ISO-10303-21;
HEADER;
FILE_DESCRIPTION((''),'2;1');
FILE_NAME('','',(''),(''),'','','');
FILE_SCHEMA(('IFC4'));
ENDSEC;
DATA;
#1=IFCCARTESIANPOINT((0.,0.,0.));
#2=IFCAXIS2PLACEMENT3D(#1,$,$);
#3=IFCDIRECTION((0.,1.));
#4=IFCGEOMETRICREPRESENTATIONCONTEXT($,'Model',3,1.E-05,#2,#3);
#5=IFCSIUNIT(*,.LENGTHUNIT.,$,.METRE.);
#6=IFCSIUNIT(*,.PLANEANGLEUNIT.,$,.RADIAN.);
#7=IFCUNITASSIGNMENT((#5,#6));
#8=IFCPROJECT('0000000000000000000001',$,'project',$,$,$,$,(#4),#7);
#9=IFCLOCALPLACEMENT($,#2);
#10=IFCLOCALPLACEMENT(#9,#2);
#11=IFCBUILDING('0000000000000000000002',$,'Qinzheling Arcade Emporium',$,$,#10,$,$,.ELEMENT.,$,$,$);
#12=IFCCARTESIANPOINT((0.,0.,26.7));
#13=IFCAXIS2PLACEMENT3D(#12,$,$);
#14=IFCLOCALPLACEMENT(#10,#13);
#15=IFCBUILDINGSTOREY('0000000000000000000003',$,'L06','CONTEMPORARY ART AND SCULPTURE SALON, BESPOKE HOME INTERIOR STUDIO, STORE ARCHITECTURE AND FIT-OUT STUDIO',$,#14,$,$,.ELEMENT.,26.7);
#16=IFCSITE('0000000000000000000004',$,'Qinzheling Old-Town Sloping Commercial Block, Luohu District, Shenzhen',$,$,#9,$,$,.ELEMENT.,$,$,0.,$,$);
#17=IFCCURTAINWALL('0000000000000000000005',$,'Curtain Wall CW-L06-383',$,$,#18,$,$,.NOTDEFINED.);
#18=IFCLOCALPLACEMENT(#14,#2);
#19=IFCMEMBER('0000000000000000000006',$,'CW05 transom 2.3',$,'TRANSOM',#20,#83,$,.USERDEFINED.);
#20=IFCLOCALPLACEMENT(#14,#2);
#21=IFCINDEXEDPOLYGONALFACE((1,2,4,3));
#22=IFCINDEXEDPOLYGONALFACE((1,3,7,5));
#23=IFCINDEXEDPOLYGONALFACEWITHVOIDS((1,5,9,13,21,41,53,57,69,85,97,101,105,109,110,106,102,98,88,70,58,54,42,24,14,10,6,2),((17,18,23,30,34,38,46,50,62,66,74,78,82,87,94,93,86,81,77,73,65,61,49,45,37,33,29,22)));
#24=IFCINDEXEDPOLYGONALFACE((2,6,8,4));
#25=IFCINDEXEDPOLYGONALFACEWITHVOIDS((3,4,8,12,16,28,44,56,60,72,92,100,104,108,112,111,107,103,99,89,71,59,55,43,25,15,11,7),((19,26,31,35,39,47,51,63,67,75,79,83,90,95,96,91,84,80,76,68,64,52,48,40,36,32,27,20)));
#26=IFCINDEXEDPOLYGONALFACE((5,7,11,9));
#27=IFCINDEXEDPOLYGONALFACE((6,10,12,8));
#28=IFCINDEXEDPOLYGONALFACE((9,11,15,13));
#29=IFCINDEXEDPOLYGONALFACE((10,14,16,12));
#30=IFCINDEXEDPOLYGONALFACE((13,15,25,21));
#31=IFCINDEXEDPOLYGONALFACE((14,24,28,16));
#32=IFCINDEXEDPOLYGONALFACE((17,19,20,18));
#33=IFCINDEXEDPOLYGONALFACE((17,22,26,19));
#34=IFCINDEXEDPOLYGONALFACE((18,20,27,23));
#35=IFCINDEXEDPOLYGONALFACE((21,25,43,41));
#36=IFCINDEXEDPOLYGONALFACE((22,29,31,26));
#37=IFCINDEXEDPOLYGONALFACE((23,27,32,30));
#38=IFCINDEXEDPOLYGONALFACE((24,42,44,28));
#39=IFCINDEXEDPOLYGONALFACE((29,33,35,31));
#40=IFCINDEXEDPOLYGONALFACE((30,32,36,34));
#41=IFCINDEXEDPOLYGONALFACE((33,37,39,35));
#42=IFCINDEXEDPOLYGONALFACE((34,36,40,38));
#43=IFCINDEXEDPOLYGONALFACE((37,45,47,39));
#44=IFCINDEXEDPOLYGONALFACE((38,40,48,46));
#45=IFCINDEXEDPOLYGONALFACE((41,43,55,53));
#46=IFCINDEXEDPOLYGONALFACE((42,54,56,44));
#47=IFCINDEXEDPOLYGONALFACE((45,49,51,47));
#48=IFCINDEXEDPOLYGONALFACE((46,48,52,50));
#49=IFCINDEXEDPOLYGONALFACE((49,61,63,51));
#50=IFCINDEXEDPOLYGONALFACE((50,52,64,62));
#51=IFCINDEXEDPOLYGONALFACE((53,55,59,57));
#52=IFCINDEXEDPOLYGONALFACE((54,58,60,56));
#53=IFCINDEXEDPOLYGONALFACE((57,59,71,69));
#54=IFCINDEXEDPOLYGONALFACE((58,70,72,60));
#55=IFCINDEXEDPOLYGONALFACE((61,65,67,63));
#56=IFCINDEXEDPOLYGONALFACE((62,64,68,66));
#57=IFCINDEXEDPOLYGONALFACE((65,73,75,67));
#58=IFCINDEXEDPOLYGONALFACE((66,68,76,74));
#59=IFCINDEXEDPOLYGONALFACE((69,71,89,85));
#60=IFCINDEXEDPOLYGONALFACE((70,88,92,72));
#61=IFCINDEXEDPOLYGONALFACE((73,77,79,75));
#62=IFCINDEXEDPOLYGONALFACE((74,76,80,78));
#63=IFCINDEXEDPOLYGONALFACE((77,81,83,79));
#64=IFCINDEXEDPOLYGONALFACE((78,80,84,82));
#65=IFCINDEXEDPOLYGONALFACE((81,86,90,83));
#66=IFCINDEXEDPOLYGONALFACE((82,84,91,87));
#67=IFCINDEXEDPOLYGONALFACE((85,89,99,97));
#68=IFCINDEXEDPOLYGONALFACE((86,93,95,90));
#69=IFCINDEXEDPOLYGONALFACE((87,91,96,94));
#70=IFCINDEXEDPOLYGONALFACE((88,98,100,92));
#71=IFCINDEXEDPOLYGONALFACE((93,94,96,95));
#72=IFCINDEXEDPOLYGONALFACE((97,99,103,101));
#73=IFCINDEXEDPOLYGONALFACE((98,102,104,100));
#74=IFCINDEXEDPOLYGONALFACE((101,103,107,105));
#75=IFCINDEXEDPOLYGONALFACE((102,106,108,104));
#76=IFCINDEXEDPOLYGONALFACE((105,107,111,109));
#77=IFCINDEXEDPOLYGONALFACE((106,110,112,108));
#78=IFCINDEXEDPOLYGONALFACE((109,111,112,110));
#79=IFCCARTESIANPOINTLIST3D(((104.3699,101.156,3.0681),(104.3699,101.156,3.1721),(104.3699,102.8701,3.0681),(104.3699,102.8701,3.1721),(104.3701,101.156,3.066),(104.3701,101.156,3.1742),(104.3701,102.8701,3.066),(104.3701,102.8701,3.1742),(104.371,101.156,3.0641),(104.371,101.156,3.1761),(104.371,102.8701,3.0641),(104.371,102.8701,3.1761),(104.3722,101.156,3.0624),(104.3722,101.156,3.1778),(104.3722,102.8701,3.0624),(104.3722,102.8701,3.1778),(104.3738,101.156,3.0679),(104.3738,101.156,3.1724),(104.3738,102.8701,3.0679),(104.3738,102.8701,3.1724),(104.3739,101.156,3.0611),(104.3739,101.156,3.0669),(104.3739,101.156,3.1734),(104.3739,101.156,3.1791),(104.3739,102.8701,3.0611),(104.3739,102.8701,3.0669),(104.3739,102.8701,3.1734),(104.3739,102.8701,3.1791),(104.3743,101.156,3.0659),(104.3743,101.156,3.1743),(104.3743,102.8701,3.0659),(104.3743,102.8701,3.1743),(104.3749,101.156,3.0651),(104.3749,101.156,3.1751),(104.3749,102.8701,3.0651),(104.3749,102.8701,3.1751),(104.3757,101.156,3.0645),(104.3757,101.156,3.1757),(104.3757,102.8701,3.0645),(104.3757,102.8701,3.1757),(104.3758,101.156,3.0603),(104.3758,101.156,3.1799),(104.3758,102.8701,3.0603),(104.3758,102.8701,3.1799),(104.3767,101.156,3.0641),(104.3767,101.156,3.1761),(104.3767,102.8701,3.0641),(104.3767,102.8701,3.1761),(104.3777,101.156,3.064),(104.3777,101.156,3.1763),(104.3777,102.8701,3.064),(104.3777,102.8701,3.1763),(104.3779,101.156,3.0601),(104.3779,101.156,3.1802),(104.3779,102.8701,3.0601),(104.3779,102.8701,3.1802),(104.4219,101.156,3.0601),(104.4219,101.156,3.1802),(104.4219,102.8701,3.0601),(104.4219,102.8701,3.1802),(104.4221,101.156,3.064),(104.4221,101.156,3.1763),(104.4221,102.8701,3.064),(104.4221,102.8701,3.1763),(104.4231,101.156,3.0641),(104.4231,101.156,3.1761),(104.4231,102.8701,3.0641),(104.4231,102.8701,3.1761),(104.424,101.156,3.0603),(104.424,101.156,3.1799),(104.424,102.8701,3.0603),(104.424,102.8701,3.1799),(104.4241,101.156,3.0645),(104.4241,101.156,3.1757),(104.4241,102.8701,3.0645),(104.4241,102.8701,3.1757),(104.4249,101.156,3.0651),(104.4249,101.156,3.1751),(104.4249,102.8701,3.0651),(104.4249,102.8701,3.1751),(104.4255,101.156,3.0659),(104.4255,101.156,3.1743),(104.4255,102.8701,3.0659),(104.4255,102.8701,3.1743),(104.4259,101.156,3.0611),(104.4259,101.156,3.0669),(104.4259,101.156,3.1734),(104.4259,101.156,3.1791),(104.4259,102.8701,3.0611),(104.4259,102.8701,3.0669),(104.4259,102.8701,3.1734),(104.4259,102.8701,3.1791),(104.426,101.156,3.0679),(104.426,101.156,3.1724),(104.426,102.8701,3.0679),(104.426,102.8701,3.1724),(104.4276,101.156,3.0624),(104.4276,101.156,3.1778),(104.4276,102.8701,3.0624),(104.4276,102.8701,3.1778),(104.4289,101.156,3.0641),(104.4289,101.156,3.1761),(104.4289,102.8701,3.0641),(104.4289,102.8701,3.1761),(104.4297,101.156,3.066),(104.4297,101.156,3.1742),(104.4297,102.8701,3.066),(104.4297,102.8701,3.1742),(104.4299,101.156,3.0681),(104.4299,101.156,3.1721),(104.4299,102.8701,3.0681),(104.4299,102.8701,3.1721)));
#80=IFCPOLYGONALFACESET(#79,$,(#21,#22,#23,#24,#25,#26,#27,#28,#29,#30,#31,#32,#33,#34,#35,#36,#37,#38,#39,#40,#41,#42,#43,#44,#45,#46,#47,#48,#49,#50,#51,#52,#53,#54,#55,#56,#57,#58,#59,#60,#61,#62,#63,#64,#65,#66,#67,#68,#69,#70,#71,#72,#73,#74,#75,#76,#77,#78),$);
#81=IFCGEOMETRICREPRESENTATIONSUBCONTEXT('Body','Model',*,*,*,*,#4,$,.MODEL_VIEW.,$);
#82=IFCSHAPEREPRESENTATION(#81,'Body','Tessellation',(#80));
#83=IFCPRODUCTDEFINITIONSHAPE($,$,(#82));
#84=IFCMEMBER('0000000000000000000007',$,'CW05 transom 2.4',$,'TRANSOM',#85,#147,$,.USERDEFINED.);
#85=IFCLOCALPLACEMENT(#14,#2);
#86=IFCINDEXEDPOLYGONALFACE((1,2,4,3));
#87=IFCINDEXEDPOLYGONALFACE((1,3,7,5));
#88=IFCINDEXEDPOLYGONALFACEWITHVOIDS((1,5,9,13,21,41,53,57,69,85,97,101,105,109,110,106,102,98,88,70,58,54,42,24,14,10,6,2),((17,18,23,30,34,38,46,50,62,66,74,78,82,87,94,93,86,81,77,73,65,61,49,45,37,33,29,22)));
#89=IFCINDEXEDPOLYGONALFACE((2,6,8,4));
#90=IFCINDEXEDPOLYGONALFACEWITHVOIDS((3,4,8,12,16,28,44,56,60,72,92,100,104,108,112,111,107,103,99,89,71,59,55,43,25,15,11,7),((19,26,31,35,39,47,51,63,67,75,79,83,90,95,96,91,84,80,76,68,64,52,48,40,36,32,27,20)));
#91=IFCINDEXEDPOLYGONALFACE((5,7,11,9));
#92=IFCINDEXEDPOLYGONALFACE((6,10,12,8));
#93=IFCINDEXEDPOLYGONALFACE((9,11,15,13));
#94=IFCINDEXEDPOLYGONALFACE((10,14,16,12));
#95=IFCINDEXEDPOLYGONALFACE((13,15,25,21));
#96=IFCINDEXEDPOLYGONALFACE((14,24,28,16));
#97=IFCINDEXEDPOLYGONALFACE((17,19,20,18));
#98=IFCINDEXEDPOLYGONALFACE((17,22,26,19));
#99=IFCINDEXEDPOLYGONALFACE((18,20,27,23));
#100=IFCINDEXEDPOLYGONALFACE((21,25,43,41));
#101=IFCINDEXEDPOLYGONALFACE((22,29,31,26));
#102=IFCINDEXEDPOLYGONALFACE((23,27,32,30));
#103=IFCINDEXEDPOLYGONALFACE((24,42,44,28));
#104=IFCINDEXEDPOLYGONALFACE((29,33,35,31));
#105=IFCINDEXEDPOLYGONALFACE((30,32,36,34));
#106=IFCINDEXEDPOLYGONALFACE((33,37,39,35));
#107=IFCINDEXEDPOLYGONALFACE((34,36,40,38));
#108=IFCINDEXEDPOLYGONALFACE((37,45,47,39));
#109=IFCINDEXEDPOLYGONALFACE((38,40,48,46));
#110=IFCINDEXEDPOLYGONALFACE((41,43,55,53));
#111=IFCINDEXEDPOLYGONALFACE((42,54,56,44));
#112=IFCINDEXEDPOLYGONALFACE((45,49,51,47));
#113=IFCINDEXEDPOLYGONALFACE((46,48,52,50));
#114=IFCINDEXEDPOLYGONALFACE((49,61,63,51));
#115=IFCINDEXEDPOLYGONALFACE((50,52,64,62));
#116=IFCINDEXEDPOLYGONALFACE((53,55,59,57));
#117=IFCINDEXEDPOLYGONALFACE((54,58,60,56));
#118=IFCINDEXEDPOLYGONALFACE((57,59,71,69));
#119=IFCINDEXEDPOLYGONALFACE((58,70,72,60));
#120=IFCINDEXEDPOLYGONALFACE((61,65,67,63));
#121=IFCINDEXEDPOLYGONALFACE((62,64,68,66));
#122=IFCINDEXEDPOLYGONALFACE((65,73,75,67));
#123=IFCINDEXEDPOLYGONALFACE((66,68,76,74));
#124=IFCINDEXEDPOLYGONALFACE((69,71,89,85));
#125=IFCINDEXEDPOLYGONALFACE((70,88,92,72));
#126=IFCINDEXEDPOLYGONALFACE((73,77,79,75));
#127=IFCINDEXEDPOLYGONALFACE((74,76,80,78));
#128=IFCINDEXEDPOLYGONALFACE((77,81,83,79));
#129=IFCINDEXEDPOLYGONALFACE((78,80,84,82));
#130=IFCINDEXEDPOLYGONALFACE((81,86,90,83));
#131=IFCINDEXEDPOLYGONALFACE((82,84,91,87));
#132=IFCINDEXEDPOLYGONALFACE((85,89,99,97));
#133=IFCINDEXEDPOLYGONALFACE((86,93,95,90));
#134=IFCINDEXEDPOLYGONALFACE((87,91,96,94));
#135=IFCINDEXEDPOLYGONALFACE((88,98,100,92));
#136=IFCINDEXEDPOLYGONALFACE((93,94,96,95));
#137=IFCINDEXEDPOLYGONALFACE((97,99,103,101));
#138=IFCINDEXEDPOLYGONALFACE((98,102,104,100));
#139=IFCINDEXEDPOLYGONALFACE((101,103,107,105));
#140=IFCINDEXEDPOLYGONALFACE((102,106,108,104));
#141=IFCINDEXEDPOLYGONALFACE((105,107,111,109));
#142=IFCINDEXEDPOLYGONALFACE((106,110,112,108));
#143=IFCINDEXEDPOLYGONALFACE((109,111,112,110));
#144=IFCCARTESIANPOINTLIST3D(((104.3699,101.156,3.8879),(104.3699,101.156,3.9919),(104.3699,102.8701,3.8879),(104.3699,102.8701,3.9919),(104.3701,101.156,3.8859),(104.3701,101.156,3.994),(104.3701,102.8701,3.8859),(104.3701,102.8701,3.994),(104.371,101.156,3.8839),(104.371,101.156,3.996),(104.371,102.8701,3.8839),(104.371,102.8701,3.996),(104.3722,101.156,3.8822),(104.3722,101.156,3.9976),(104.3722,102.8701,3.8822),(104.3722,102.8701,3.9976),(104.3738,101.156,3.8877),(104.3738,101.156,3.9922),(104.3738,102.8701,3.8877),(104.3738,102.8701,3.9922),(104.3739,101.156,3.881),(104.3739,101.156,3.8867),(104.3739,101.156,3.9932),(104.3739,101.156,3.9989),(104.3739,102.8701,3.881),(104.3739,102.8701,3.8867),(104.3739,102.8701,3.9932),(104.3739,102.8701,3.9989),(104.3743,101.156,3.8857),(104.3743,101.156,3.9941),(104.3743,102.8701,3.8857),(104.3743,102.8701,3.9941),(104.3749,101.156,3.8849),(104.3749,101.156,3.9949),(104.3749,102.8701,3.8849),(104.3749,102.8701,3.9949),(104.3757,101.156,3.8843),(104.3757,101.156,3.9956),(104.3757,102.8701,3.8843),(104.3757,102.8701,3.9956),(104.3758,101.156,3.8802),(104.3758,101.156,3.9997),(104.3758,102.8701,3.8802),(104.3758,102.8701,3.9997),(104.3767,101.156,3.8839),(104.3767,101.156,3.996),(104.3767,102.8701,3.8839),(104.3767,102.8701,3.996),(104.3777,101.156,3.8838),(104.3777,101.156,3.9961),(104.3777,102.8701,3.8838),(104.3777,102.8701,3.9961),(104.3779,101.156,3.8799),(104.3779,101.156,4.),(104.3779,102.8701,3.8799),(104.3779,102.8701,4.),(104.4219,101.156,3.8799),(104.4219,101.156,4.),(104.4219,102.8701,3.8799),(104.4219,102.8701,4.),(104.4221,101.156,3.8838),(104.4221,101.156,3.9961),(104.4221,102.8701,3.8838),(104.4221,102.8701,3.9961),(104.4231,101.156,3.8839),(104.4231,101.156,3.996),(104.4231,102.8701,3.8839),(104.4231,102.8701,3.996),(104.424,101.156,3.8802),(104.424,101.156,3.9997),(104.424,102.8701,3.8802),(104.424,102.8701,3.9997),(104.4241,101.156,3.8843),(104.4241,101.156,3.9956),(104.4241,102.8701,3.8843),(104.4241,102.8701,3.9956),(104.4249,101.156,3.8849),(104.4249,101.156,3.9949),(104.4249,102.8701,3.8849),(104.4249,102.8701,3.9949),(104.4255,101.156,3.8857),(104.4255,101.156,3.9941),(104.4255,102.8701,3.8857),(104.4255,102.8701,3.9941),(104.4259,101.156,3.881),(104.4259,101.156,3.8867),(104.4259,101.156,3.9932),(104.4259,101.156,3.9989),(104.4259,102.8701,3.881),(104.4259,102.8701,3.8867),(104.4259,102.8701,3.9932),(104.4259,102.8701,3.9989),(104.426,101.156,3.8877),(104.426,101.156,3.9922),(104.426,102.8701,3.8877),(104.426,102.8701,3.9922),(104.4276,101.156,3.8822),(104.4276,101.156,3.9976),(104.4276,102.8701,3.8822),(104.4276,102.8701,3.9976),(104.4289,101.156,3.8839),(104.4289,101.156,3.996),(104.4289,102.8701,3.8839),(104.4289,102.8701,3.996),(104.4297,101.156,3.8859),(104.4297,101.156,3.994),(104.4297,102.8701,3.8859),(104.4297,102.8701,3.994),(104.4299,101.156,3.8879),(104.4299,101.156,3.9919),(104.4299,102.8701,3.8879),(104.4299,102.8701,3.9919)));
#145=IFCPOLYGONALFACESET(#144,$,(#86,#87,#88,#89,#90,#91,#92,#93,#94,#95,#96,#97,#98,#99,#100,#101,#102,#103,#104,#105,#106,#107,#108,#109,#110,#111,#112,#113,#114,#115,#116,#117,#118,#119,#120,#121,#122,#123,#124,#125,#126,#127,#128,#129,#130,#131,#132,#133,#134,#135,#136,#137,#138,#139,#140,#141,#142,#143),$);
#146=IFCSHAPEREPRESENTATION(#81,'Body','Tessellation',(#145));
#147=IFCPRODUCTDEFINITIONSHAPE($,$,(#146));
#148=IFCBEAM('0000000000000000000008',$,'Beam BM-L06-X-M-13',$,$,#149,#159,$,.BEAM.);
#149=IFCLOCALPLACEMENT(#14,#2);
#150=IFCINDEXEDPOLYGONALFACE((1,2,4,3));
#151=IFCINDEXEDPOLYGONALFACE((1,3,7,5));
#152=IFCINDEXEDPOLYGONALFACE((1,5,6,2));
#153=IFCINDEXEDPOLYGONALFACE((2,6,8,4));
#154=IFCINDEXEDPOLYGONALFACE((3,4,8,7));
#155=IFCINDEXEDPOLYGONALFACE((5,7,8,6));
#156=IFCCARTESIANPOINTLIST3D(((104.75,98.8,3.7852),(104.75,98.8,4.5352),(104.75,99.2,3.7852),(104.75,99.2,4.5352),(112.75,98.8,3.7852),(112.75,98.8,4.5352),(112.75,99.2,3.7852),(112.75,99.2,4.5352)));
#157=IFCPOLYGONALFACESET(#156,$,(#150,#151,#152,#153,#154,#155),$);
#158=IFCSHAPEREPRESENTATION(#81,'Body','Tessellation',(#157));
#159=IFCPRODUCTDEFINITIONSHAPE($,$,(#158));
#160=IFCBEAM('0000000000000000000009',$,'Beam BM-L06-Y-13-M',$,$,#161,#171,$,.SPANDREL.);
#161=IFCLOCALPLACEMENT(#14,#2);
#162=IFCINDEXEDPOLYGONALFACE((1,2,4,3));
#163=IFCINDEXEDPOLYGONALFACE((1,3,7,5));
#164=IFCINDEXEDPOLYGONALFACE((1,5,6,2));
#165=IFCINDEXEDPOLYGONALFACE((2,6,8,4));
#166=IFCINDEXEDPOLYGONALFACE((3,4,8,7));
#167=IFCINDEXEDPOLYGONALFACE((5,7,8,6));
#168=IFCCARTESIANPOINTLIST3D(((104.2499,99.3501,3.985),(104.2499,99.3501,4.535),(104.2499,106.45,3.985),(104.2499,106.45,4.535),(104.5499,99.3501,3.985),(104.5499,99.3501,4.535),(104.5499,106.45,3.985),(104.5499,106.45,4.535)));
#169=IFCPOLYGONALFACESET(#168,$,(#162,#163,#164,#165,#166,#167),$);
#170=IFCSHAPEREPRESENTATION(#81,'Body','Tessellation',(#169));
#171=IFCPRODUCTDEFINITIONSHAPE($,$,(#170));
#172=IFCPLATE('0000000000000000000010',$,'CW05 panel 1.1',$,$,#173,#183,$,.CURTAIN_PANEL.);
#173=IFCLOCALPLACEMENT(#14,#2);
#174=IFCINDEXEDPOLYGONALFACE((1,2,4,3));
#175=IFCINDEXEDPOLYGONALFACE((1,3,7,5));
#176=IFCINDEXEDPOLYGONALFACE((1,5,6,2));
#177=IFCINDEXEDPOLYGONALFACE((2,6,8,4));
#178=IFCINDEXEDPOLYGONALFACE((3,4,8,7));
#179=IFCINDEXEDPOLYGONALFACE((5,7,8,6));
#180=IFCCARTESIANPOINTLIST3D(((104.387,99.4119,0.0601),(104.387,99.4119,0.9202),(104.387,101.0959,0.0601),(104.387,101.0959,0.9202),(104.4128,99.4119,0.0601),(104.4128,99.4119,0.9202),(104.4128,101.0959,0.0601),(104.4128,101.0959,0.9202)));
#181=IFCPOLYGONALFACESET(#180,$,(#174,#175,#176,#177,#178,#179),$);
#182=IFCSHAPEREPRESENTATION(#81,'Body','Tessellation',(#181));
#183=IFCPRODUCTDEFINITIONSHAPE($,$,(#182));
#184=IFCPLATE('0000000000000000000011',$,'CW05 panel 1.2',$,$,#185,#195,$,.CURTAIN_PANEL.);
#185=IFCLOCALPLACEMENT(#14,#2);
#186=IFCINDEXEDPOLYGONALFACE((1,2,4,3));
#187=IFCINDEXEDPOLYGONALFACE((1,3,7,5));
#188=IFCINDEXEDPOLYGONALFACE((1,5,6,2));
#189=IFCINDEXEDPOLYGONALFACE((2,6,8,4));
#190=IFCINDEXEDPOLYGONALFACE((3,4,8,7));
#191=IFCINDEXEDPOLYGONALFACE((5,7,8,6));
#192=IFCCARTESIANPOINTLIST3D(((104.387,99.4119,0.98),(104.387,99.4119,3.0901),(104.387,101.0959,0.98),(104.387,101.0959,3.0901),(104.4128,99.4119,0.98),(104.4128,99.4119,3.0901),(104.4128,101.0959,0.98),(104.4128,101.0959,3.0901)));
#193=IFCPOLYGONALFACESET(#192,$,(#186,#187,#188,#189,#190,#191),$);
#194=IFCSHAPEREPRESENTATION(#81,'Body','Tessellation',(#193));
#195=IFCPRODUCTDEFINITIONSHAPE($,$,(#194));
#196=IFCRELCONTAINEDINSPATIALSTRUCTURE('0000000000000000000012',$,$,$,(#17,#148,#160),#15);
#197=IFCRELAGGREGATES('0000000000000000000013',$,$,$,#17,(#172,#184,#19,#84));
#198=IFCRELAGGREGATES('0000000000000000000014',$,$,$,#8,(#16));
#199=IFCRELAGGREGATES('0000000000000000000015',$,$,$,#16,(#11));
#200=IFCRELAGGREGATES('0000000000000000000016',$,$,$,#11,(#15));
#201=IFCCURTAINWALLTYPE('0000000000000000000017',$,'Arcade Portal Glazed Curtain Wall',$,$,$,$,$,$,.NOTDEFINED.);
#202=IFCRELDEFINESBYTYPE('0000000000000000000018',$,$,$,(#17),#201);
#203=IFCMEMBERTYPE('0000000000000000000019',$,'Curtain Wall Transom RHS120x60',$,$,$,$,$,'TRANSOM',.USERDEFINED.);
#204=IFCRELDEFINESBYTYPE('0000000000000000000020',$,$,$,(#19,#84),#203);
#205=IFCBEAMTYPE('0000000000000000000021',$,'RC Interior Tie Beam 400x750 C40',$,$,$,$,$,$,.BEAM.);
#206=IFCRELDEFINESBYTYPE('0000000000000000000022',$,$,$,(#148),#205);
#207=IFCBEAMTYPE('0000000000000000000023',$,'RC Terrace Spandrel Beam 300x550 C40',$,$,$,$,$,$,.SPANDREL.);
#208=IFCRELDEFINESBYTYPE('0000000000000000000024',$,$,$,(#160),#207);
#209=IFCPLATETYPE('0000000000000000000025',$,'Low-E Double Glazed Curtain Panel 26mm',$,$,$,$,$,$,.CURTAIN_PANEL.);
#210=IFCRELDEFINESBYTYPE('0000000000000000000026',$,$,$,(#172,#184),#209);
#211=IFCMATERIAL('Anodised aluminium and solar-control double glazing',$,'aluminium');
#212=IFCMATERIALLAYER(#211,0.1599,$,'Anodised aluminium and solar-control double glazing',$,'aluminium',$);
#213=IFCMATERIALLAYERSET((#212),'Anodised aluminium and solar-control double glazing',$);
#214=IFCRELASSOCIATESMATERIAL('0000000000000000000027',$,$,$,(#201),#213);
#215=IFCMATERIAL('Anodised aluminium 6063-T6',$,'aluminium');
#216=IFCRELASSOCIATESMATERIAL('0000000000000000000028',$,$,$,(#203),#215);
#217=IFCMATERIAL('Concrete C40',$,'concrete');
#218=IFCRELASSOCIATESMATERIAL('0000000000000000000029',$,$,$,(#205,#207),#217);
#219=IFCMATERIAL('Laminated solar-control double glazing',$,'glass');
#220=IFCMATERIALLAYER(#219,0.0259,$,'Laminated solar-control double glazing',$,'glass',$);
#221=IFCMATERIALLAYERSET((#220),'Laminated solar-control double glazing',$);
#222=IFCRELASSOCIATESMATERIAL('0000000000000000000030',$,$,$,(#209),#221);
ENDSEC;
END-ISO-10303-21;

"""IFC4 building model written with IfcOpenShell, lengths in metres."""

from ifc_helpers import new_model, si_unit, direction, frame, origin, origin_2d, place, context, subcontext, project, spatial, rectangle, hollow_rectangle, extrude, material, layer, layer_set, material_profile, profile_set, type_object, element, aggregate, save


model = new_model("IFC4")

# Units and contexts
model_context = context("Model", 3, precision=1e-05, world=origin(), true_north=direction((0.0, 1.0)))
body_context = subcontext(model_context, "Body", "Model", "MODEL_VIEW")
ifc_project = project(units=[si_unit("LENGTHUNIT", "METRE"), si_unit("PLANEANGLEUNIT", "RADIAN")], contexts=[model_context])

# Site, building, storey
site_placement = place(None, origin())
site = spatial("IfcSite", under=ifc_project, at=site_placement, Name="Qinzheling Old-Town Sloping Commercial Block, Luohu District, Shenzhen", CompositionType="ELEMENT", RefElevation=0.0)
building_placement = place(site_placement, origin())
building = spatial("IfcBuilding", under=site, at=building_placement, Name="Qinzheling Arcade Emporium", CompositionType="ELEMENT")
storey_placement = place(building_placement, frame((0.0, 0.0, 26.7)))
storey = spatial("IfcBuildingStorey", under=building, at=storey_placement, Name="L06", Description="CONTEMPORARY ART AND SCULPTURE SALON, BESPOKE HOME INTERIOR STUDIO, STORE ARCHITECTURE AND FIT-OUT STUDIO", CompositionType="ELEMENT", Elevation=26.7)

# Shared definitions
ifc_material_1 = material(Name="Concrete C40", Category="concrete")

# Curtain wall, members
ifc_material_2 = material(Name="Anodised aluminium and solar-control double glazing", Category="aluminium")
ifc_layer_1 = layer(ifc_material_2, 0.1599, Name="Anodised aluminium and solar-control double glazing", Category="aluminium")
ifc_layer_set_1 = layer_set([ifc_layer_1], Name="Anodised aluminium and solar-control double glazing")
curtain_wall_type = type_object("IfcCurtainWallType", Name="Arcade Portal Glazed Curtain Wall", PredefinedType="NOTDEFINED", material=ifc_layer_set_1)
curtain_wall_placement = place(storey_placement, origin())
curtain_wall = element("IfcCurtainWall", 1, at=curtain_wall_placement, inside=storey, type_object=curtain_wall_type, Name="Curtain Wall CW-L06-383", PredefinedType="NOTDEFINED")
ifc_material_3 = material(Name="Anodised aluminium 6063-T6", Category="aluminium")
ifc_material_profile_1 = material_profile(ifc_material_3, hollow_rectangle(XDim=0.0601, YDim=0.1201, WallThickness=0.0039, InnerFilletRadius=0.0039, OuterFilletRadius=0.0081, at=origin_2d()), Name="RHS 120x60x4", Category="aluminium")
ifc_profile_set_1 = profile_set([ifc_material_profile_1], Name="Anodised aluminium 6063-T6")
member_type_1 = type_object("IfcMemberType", Name="Curtain Wall Transom RHS120x60", ElementType="TRANSOM", PredefinedType="USERDEFINED", material=ifc_profile_set_1)
member_1_placement = place(storey_placement, frame((104.3999, 101.156, 3.1201), z_axis=(0.0, 1.0, 0.0), x_axis=(-1.0, 0.0, 0.0)))
member_1 = element("IfcMember", 2, at=member_1_placement, type_object=member_type_1, Name="CW05 transom 2.3", ObjectType="TRANSOM", PredefinedType="USERDEFINED", context=body_context, shape_type="SweptSolid", body=[
    extrude(hollow_rectangle(XDim=0.0601, YDim=0.1201, WallThickness=0.0039, InnerFilletRadius=0.0039, OuterFilletRadius=0.0081, at=origin_2d()), origin(), (0.0, 0.0, 1.0), 1.7141),
])
member_2_placement = place(storey_placement, frame((104.3999, 101.156, 3.9399), z_axis=(0.0, 1.0, 0.0), x_axis=(-1.0, 0.0, 0.0)))
member_2 = element("IfcMember", 3, at=member_2_placement, type_object=member_type_1, Name="CW05 transom 2.4", ObjectType="TRANSOM", PredefinedType="USERDEFINED", context=body_context, shape_type="SweptSolid", body=[
    extrude(hollow_rectangle(XDim=0.0601, YDim=0.1201, WallThickness=0.0039, InnerFilletRadius=0.0039, OuterFilletRadius=0.0081, at=origin_2d()), origin(), (0.0, 0.0, 1.0), 1.7141),
])

# Beams
ifc_material_profile_2 = material_profile(ifc_material_1, rectangle(XDim=0.3999, YDim=0.75, at=origin_2d()), Name="RC 400x750", Category="concrete")
ifc_profile_set_2 = profile_set([ifc_material_profile_2], Name="Concrete C40")
beam_type_1 = type_object("IfcBeamType", Name="RC Interior Tie Beam 400x750 C40", PredefinedType="BEAM", material=ifc_profile_set_2)
beam_1_placement = place(storey_placement, frame((104.75, 99.0, 4.1602), z_axis=(1.0, 0.0, 0.0), x_axis=(0.0, 1.0, 0.0)))
element("IfcBeam", 4, at=beam_1_placement, inside=storey, type_object=beam_type_1, Name="Beam BM-L06-X-M-13", PredefinedType="BEAM", context=body_context, shape_type="SweptSolid", body=[
    extrude(rectangle(XDim=0.3999, YDim=0.75, at=origin_2d()), origin(), (0.0, 0.0, 1.0), 8.0),
])
ifc_material_profile_3 = material_profile(ifc_material_1, rectangle(XDim=0.3, YDim=0.55, at=origin_2d()), Name="RC 300x550", Category="concrete")
ifc_profile_set_3 = profile_set([ifc_material_profile_3], Name="Concrete C40")
beam_type_2 = type_object("IfcBeamType", Name="RC Terrace Spandrel Beam 300x550 C40", PredefinedType="SPANDREL", material=ifc_profile_set_3)
beam_2_placement = place(storey_placement, frame((104.3999, 99.3501, 4.26), z_axis=(0.0, 1.0, 0.0), x_axis=(-1.0, 0.0, 0.0)))
element("IfcBeam", 5, at=beam_2_placement, inside=storey, type_object=beam_type_2, Name="Beam BM-L06-Y-13-M", PredefinedType="SPANDREL", context=body_context, shape_type="SweptSolid", body=[
    extrude(rectangle(XDim=0.3, YDim=0.55, at=origin_2d()), origin(), (0.0, 0.0, 1.0), 7.0999),
])

# Plates
ifc_material_4 = material(Name="Laminated solar-control double glazing", Category="glass")
ifc_layer_2 = layer(ifc_material_4, 0.0259, Name="Laminated solar-control double glazing", Category="glass")
ifc_layer_set_2 = layer_set([ifc_layer_2], Name="Laminated solar-control double glazing")
plate_type = type_object("IfcPlateType", Name="Low-E Double Glazed Curtain Panel 26mm", PredefinedType="CURTAIN_PANEL", material=ifc_layer_set_2)
plate_1_placement = place(storey_placement, frame((104.3999, 100.2539, 0.0601), z_axis=(0.0, 0.0, 1.0), x_axis=(0.0, 1.0, 0.0)))
plate_1 = element("IfcPlate", 6, at=plate_1_placement, type_object=plate_type, Name="CW05 panel 1.1", PredefinedType="CURTAIN_PANEL", context=body_context, shape_type="SweptSolid", body=[
    extrude(rectangle(XDim=1.6841, YDim=0.0259, at=origin_2d()), origin(), (0.0, 0.0, 1.0), 0.8601),
])
plate_2_placement = place(storey_placement, frame((104.3999, 100.2539, 0.98), z_axis=(0.0, 0.0, 1.0), x_axis=(0.0, 1.0, 0.0)))
plate_2 = element("IfcPlate", 7, at=plate_2_placement, type_object=plate_type, Name="CW05 panel 1.2", PredefinedType="CURTAIN_PANEL", context=body_context, shape_type="SweptSolid", body=[
    extrude(rectangle(XDim=1.6841, YDim=0.0259, at=origin_2d()), origin(), (0.0, 0.0, 1.0), 2.1101),
])
aggregate(curtain_wall, [plate_1, plate_2, member_1, member_2])

save(model, "model.ifc")
